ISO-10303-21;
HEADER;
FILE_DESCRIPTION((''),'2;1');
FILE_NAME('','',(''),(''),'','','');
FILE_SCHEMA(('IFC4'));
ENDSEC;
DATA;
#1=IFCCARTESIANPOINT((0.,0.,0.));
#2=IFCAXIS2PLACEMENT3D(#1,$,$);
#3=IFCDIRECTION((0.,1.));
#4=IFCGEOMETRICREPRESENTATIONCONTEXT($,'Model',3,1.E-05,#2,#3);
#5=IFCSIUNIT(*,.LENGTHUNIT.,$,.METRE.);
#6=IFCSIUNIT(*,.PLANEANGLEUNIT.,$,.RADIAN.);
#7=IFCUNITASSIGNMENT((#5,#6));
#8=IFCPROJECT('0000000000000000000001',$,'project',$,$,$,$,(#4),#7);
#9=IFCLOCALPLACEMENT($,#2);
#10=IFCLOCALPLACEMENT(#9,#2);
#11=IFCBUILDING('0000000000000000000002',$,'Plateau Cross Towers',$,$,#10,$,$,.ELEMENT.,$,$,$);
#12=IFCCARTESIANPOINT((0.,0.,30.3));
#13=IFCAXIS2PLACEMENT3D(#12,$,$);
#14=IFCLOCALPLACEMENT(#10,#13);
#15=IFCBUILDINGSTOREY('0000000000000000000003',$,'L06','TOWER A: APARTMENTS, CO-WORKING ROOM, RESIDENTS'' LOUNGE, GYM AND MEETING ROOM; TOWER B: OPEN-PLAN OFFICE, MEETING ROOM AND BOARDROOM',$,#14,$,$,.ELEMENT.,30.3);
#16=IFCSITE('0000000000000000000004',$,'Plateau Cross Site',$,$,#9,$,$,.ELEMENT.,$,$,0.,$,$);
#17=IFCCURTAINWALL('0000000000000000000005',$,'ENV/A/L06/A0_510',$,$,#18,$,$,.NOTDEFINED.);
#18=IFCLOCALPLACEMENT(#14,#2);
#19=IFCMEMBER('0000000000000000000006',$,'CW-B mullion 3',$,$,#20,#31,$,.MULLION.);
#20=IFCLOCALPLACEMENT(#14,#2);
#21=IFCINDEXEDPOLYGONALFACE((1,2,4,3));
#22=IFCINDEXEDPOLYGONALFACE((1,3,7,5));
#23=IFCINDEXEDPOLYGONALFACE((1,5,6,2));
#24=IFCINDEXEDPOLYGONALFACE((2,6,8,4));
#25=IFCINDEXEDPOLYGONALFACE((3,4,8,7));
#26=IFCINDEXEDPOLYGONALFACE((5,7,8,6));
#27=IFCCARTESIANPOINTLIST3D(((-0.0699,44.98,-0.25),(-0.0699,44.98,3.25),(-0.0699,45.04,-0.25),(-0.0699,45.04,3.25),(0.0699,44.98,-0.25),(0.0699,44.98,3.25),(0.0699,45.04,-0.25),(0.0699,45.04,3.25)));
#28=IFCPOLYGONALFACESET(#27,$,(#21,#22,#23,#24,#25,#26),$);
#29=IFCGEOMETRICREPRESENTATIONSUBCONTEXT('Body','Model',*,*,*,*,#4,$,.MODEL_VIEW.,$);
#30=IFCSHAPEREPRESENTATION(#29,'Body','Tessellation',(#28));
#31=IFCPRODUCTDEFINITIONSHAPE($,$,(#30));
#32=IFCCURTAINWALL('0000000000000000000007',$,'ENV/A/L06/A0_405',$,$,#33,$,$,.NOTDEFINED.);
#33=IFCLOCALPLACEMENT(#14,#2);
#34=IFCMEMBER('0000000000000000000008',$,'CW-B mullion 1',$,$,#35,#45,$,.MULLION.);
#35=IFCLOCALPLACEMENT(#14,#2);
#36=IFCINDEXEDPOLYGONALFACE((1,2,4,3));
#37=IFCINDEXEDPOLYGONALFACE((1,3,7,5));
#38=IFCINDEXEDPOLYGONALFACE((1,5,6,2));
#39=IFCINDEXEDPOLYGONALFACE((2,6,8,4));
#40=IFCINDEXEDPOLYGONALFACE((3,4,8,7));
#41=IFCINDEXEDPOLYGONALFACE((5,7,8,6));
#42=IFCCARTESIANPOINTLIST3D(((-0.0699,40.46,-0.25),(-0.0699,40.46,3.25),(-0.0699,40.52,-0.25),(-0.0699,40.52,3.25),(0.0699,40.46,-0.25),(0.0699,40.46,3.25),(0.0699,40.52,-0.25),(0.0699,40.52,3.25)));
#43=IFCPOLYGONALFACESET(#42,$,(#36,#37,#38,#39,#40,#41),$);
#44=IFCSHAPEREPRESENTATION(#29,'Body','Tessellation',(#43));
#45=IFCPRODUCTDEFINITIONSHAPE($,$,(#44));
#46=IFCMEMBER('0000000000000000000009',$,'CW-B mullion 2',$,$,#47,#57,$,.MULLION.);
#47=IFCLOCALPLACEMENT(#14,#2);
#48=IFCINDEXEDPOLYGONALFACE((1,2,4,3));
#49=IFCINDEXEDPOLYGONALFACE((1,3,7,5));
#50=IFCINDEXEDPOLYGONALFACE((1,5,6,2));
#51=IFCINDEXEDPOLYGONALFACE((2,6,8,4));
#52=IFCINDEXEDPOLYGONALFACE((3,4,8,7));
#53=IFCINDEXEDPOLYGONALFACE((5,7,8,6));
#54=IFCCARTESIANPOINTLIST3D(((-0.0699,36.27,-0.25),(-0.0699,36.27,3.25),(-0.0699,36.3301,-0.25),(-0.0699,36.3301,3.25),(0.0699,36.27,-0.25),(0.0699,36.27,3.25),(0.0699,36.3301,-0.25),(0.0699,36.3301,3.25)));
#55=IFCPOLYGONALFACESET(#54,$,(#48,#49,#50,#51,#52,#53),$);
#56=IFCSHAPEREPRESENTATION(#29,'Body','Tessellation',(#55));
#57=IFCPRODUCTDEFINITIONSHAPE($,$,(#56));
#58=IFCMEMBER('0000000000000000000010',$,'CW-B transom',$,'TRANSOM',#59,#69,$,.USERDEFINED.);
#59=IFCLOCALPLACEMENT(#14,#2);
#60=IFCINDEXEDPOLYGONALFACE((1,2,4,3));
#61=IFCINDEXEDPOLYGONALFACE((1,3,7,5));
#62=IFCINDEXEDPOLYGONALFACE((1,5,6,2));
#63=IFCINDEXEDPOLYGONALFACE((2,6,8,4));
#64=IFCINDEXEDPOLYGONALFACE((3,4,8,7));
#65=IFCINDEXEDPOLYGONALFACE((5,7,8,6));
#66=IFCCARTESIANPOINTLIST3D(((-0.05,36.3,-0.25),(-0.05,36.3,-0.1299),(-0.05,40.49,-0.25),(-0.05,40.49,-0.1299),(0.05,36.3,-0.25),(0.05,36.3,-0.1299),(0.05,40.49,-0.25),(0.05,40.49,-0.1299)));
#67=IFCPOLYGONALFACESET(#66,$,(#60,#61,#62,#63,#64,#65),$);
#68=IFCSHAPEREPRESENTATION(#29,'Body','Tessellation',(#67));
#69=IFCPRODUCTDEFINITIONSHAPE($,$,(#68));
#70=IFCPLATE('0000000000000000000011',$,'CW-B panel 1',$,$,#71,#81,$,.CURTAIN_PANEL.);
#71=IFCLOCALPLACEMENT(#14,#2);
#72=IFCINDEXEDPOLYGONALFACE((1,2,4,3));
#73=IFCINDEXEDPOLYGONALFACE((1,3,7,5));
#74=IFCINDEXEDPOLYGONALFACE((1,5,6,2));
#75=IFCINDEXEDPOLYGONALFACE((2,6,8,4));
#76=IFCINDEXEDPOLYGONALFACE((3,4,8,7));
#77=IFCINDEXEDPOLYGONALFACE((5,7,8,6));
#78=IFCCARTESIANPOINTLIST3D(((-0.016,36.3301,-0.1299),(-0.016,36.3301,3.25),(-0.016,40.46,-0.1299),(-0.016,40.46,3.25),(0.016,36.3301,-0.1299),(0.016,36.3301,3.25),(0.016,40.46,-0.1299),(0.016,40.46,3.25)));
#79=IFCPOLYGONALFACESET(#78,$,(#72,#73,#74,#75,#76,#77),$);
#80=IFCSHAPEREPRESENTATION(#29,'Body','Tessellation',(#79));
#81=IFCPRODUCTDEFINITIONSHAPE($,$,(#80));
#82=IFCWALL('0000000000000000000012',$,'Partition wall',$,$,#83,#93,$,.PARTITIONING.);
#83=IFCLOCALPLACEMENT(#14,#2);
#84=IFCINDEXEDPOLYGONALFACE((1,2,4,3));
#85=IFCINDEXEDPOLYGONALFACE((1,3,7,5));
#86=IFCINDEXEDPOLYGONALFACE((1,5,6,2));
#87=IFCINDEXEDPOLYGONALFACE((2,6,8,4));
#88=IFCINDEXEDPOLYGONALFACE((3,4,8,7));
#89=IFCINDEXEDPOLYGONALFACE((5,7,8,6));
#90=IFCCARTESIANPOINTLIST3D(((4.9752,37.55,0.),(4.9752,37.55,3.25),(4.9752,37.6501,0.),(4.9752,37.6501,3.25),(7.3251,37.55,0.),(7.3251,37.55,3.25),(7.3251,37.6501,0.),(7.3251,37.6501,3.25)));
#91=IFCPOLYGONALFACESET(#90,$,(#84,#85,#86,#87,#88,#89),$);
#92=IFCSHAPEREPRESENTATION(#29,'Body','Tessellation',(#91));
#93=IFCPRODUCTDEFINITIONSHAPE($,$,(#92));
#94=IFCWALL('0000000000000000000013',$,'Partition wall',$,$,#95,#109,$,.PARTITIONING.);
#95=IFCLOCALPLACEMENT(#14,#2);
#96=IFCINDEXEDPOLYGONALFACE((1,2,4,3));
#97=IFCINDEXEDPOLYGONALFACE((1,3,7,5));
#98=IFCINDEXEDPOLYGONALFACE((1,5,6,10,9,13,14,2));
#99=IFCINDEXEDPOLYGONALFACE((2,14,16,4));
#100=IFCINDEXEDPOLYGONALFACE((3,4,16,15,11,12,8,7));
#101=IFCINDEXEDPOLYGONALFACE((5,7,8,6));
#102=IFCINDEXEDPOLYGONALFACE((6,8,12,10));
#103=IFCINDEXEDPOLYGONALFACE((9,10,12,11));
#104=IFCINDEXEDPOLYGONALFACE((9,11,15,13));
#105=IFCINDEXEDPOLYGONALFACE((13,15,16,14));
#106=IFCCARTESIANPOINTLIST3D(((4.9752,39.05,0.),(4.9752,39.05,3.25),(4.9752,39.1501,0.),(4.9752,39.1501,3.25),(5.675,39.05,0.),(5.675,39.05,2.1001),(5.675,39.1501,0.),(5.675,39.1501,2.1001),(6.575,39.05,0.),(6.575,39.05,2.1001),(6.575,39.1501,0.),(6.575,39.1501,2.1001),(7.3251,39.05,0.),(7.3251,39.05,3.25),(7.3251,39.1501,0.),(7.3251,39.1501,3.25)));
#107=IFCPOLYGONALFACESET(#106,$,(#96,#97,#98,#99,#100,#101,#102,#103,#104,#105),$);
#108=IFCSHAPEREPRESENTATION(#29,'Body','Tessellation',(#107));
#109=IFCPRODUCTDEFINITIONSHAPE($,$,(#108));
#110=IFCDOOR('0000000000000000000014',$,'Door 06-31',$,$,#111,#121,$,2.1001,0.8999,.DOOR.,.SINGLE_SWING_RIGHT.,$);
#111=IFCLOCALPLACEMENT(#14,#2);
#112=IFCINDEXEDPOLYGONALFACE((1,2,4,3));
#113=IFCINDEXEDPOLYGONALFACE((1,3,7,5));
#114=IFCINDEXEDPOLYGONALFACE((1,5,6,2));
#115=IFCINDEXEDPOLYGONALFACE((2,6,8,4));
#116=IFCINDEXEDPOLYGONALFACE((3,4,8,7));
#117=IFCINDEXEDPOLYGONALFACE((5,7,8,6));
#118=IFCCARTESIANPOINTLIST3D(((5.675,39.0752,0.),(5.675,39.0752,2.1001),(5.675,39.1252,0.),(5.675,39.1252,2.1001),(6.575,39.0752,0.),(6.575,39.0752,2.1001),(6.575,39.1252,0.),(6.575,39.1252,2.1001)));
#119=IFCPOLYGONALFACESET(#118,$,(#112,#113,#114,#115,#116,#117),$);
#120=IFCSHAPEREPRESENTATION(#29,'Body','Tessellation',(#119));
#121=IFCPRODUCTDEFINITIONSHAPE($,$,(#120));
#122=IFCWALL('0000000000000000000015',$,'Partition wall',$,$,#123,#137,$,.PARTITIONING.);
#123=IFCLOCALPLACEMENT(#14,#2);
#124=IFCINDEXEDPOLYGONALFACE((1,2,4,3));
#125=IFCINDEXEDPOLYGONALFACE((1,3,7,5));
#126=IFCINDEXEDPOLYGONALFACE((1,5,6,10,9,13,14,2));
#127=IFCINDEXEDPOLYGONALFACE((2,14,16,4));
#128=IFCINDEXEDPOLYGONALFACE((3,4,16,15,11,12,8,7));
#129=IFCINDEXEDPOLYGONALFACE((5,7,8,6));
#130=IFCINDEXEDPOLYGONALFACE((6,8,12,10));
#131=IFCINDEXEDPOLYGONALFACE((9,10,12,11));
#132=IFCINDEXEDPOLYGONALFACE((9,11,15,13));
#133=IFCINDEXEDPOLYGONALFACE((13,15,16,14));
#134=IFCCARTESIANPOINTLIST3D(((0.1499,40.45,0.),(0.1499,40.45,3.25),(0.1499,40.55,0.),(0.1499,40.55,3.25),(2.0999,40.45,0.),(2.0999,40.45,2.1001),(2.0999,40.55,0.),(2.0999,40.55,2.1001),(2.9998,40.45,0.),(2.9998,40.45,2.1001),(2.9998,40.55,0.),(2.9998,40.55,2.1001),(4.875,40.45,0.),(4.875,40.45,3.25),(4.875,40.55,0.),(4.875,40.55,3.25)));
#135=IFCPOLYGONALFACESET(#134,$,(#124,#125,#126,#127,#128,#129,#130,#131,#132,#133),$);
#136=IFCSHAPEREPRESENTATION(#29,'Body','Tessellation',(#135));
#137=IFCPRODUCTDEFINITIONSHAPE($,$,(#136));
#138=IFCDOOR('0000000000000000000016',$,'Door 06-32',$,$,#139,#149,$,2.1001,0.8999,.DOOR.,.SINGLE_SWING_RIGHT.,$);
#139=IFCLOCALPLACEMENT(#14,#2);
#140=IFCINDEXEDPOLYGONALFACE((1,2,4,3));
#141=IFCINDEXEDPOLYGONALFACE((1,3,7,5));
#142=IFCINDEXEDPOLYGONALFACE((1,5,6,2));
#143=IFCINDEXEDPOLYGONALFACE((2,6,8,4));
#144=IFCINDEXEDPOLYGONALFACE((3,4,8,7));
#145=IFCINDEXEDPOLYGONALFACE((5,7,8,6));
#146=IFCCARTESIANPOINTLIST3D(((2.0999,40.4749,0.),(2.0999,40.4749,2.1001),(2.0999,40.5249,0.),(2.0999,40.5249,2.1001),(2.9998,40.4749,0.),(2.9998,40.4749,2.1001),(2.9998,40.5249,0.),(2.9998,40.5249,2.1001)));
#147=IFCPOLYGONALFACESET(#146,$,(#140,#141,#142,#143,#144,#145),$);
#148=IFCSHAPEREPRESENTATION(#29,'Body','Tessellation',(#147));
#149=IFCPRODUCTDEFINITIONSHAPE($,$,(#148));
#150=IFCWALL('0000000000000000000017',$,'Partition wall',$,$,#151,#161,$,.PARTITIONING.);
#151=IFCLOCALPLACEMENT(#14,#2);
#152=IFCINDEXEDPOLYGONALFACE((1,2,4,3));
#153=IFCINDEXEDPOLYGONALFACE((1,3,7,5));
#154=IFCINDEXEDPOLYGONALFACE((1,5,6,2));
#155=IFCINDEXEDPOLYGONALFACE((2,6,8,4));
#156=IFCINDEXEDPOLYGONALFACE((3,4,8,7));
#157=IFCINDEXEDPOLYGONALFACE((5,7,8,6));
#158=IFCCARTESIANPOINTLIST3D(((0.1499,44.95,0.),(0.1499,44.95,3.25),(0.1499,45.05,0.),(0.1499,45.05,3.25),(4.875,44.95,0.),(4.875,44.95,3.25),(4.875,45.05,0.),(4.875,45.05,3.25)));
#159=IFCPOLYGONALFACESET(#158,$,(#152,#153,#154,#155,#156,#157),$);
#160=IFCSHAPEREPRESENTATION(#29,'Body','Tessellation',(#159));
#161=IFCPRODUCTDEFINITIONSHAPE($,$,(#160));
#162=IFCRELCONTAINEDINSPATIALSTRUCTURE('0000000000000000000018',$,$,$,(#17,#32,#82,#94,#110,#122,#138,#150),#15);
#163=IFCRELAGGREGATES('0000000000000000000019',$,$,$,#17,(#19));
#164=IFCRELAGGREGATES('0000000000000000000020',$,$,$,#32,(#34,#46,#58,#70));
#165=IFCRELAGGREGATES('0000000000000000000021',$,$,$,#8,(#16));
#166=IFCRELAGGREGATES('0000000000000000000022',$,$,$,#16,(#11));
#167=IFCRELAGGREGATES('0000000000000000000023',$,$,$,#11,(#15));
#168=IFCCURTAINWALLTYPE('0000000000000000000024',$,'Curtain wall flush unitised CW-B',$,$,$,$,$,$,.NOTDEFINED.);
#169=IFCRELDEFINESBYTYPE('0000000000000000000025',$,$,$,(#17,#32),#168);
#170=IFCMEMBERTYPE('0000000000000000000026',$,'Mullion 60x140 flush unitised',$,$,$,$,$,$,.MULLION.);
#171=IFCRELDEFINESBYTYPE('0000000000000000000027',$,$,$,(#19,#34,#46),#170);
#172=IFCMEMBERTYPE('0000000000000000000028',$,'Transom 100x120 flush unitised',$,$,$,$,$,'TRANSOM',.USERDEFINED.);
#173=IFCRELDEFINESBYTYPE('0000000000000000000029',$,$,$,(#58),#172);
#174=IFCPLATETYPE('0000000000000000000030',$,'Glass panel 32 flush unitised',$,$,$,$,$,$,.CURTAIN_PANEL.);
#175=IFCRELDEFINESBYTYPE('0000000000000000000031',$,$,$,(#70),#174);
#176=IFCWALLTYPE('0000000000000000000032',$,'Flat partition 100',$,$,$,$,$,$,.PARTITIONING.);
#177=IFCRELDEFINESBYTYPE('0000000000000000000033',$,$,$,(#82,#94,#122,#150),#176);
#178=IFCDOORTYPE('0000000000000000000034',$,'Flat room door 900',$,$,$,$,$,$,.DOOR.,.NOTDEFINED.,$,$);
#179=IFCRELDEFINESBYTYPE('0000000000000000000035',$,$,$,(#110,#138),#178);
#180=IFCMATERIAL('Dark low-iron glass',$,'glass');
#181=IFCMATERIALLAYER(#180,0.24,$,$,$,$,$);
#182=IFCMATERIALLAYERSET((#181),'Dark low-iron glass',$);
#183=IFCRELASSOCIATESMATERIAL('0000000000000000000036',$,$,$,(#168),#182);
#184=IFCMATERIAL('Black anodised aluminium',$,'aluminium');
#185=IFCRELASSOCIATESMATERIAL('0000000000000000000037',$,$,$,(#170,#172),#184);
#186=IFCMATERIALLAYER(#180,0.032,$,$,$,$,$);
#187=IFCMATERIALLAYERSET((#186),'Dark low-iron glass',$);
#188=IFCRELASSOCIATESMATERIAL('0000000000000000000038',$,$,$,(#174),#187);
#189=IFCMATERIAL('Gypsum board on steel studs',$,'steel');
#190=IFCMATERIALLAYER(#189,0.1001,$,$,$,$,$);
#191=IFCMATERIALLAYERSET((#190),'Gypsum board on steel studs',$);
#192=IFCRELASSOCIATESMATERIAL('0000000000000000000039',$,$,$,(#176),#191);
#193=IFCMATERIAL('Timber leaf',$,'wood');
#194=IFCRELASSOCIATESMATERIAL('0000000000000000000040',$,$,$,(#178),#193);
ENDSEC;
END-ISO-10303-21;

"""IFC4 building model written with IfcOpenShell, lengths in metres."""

from ifc_helpers import new_model, si_unit, direction, frame, frame_2d, origin, origin_2d, place, context, subcontext, project, spatial, rectangle, extrude, material, layer, layer_set, material_profile, profile_set, type_object, element, fill, aggregate, save


model = new_model("IFC4")

# Units and contexts
model_context = context("Model", 3, precision=1e-05, world=origin(), true_north=direction((0.0, 1.0)))
body_context = subcontext(model_context, "Body", "Model", "MODEL_VIEW")
ifc_project = project(units=[si_unit("LENGTHUNIT", "METRE"), si_unit("PLANEANGLEUNIT", "RADIAN")], contexts=[model_context])

# Site, building, storey
site_placement = place(None, origin())
site = spatial("IfcSite", under=ifc_project, at=site_placement, Name="Plateau Cross Site", CompositionType="ELEMENT", RefElevation=0.0)
building_placement = place(site_placement, origin())
building = spatial("IfcBuilding", under=site, at=building_placement, Name="Plateau Cross Towers", CompositionType="ELEMENT")
storey_placement = place(building_placement, frame((0.0, 0.0, 30.3)))
storey = spatial("IfcBuildingStorey", under=building, at=storey_placement, Name="L06", Description="TOWER A: APARTMENTS, CO-WORKING ROOM, RESIDENTS' LOUNGE, GYM AND MEETING ROOM; TOWER B: OPEN-PLAN OFFICE, MEETING ROOM AND BOARDROOM", CompositionType="ELEMENT", Elevation=30.3)

# Curtain wall, member
ifc_material_1 = material(Name="Dark low-iron glass", Category="glass")
ifc_layer_1 = layer(ifc_material_1, 0.24)
ifc_layer_set_1 = layer_set([ifc_layer_1], Name="Dark low-iron glass")
curtain_wall_type = type_object("IfcCurtainWallType", Name="Curtain wall flush unitised CW-B", PredefinedType="NOTDEFINED", material=ifc_layer_set_1)
curtain_wall_1_placement = place(storey_placement, origin())
curtain_wall_1 = element("IfcCurtainWall", 1, at=curtain_wall_1_placement, inside=storey, type_object=curtain_wall_type, Name="ENV/A/L06/A0_510", PredefinedType="NOTDEFINED")
ifc_material_2 = material(Name="Black anodised aluminium", Category="aluminium")
ifc_material_profile_1 = material_profile(ifc_material_2, rectangle(XDim=0.0601, YDim=0.1399, at=origin_2d()), Name="MULLION 60x140")
ifc_profile_set_1 = profile_set([ifc_material_profile_1], Name="Black anodised aluminium")
member_type_1 = type_object("IfcMemberType", Name="Mullion 60x140 flush unitised", PredefinedType="MULLION", material=ifc_profile_set_1)
member_1_placement = place(storey_placement, frame((0.0, 45.01, -0.25), z_axis=(0.0, 0.0, 1.0), x_axis=(0.0, -1.0, 0.0)))
member_1 = element("IfcMember", 2, at=member_1_placement, type_object=member_type_1, Name="CW-B mullion 3", PredefinedType="MULLION", context=body_context, shape_type="SweptSolid", body=[
    extrude(rectangle(XDim=0.0601, YDim=0.1399, at=origin_2d()), origin(), (0.0, 0.0, 1.0), 3.5),
])
aggregate(curtain_wall_1, [member_1])

# Curtain wall, members, plate
curtain_wall_2_placement = place(storey_placement, origin())
curtain_wall_2 = element("IfcCurtainWall", 3, at=curtain_wall_2_placement, inside=storey, type_object=curtain_wall_type, Name="ENV/A/L06/A0_405", PredefinedType="NOTDEFINED")
member_2_placement = place(storey_placement, frame((0.0, 40.49, -0.25), z_axis=(0.0, 0.0, 1.0), x_axis=(0.0, -1.0, 0.0)))
member_2 = element("IfcMember", 4, at=member_2_placement, type_object=member_type_1, Name="CW-B mullion 1", PredefinedType="MULLION", context=body_context, shape_type="SweptSolid", body=[
    extrude(rectangle(XDim=0.0601, YDim=0.1399, at=origin_2d()), origin(), (0.0, 0.0, 1.0), 3.5),
])
member_3_placement = place(storey_placement, frame((0.0, 36.3, -0.25), z_axis=(0.0, 0.0, 1.0), x_axis=(0.0, -1.0, 0.0)))
member_3 = element("IfcMember", 5, at=member_3_placement, type_object=member_type_1, Name="CW-B mullion 2", PredefinedType="MULLION", context=body_context, shape_type="SweptSolid", body=[
    extrude(rectangle(XDim=0.0601, YDim=0.1399, at=origin_2d()), origin(), (0.0, 0.0, 1.0), 3.5),
])
ifc_material_profile_2 = material_profile(ifc_material_2, rectangle(XDim=0.1001, YDim=0.1201, at=origin_2d()), Name="TRANSOM 100x120")
ifc_profile_set_2 = profile_set([ifc_material_profile_2], Name="Black anodised aluminium")
member_type_2 = type_object("IfcMemberType", Name="Transom 100x120 flush unitised", ElementType="TRANSOM", PredefinedType="USERDEFINED", material=ifc_profile_set_2)
member_4_placement = place(storey_placement, frame((0.0, 40.49, -0.1899), z_axis=(0.0, -1.0, 0.0), x_axis=(1.0, 0.0, 0.0)))
member_4 = element("IfcMember", 6, at=member_4_placement, type_object=member_type_2, Name="CW-B transom", ObjectType="TRANSOM", PredefinedType="USERDEFINED", context=body_context, shape_type="SweptSolid", body=[
    extrude(rectangle(XDim=0.1001, YDim=0.1201, at=origin_2d()), origin(), (0.0, 0.0, 1.0), 4.1899),
])
ifc_layer_2 = layer(ifc_material_1, 0.032)
ifc_layer_set_2 = layer_set([ifc_layer_2], Name="Dark low-iron glass")
plate_type = type_object("IfcPlateType", Name="Glass panel 32 flush unitised", PredefinedType="CURTAIN_PANEL", material=ifc_layer_set_2)
plate_placement = place(storey_placement, frame((0.0, 38.395, -0.1299), z_axis=(0.0, 0.0, 1.0), x_axis=(0.0, -1.0, 0.0)))
plate = element("IfcPlate", 7, at=plate_placement, type_object=plate_type, Name="CW-B panel 1", PredefinedType="CURTAIN_PANEL", context=body_context, shape_type="SweptSolid", body=[
    extrude(rectangle(XDim=4.1299, YDim=0.032, at=origin_2d()), origin(), (0.0, 0.0, 1.0), 3.3799),
])
aggregate(curtain_wall_2, [member_2, member_3, member_4, plate])

# Wall
ifc_material_3 = material(Name="Gypsum board on steel studs", Category="steel")
ifc_layer_3 = layer(ifc_material_3, 0.1001)
ifc_layer_set_3 = layer_set([ifc_layer_3], Name="Gypsum board on steel studs")
wall_type_1 = type_object("IfcWallType", Name="Flat partition 100", PredefinedType="PARTITIONING", material=ifc_layer_set_3)
wall_1_placement = place(storey_placement, frame((7.325, 37.6001, 0.0), z_axis=(0.0, 0.0, 1.0), x_axis=(-1.0, 0.0, 0.0)))
element("IfcWall", 8, at=wall_1_placement, inside=storey, type_object=wall_type_1, Name="Partition wall", PredefinedType="PARTITIONING", context=body_context, shape_type="SweptSolid", body=[
    extrude(rectangle(XDim=2.3499, YDim=0.1001, at=frame_2d((1.1748, 0.0))), origin(), (0.0, 0.0, 1.0), 3.25),
])

# Walls, openings, doors
wall_2_placement = place(storey_placement, frame((7.325, 39.1001, 0.0), z_axis=(0.0, 0.0, 1.0), x_axis=(-1.0, 0.0, 0.0)))
wall_2 = element("IfcWall", 9, at=wall_2_placement, inside=storey, type_object=wall_type_1, Name="Partition wall", PredefinedType="PARTITIONING", context=body_context, shape_type="SweptSolid", body=[
    extrude(rectangle(XDim=2.3499, YDim=0.1001, at=frame_2d((1.1748, 0.0))), origin(), (0.0, 0.0, 1.0), 3.25),
])
opening_1_placement = place(wall_2_placement, frame((0.75, 0.0, 0.0)))
opening_1 = element("IfcOpeningElement", 10, at=opening_1_placement, cuts=wall_2, PredefinedType="OPENING", context=body_context, shape_type="SweptSolid", body=[
    extrude(rectangle(XDim=0.8999, YDim=2.1001, at=frame_2d((0.45, 1.05))), frame((0.0, 0.0601, 0.0), z_axis=(0.0, -1.0, 0.0), x_axis=(1.0, 0.0, 0.0)), (0.0, 0.0, 1.0), 0.1201),
])
ifc_material_4 = material(Name="Timber leaf", Category="wood")
door_type_1 = type_object("IfcDoorType", Name="Flat room door 900", OperationType="NOTDEFINED", PredefinedType="DOOR", material=ifc_material_4)
door_1_placement = place(opening_1_placement, origin())
door_1 = element("IfcDoor", 11, at=door_1_placement, inside=storey, type_object=door_type_1, Name="Door 06-31", OperationType="SINGLE_SWING_RIGHT", OverallHeight=2.1001, OverallWidth=0.8999, PredefinedType="DOOR", context=body_context, shape_type="SweptSolid", body=[
    extrude(rectangle(XDim=0.8999, YDim=2.1001, at=frame_2d((0.45, 1.05))), frame((0.0, 0.0249, 0.0), z_axis=(0.0, -1.0, 0.0), x_axis=(1.0, 0.0, 0.0)), (0.0, 0.0, 1.0), 0.05),
])
fill(opening_1, door_1)
wall_3_placement = place(storey_placement, frame((0.1499, 40.5, 0.0), z_axis=(0.0, 0.0, 1.0), x_axis=(1.0, 0.0, 0.0)))
wall_3 = element("IfcWall", 12, at=wall_3_placement, inside=storey, type_object=wall_type_1, Name="Partition wall", PredefinedType="PARTITIONING", context=body_context, shape_type="SweptSolid", body=[
    extrude(rectangle(XDim=4.7251, YDim=0.1001, at=frame_2d((2.3625, 0.0))), origin(), (0.0, 0.0, 1.0), 3.25),
])
opening_2_placement = place(wall_3_placement, frame((1.95, 0.0, 0.0)))
opening_2 = element("IfcOpeningElement", 13, at=opening_2_placement, cuts=wall_3, PredefinedType="OPENING", context=body_context, shape_type="SweptSolid", body=[
    extrude(rectangle(XDim=0.8999, YDim=2.1001, at=frame_2d((0.45, 1.05))), frame((0.0, 0.0601, 0.0), z_axis=(0.0, -1.0, 0.0), x_axis=(1.0, 0.0, 0.0)), (0.0, 0.0, 1.0), 0.1201),
])
door_2_placement = place(opening_2_placement, origin())
door_2 = element("IfcDoor", 14, at=door_2_placement, inside=storey, type_object=door_type_1, Name="Door 06-32", OperationType="SINGLE_SWING_RIGHT", OverallHeight=2.1001, OverallWidth=0.8999, PredefinedType="DOOR", context=body_context, shape_type="SweptSolid", body=[
    extrude(rectangle(XDim=0.8999, YDim=2.1001, at=frame_2d((0.45, 1.05))), frame((0.0, 0.0249, 0.0), z_axis=(0.0, -1.0, 0.0), x_axis=(1.0, 0.0, 0.0)), (0.0, 0.0, 1.0), 0.05),
])
fill(opening_2, door_2)

# Wall
wall_4_placement = place(storey_placement, frame((4.875, 45.0, 0.0), z_axis=(0.0, 0.0, 1.0), x_axis=(-1.0, 0.0, 0.0)))
element("IfcWall", 15, at=wall_4_placement, inside=storey, type_object=wall_type_1, Name="Partition wall", PredefinedType="PARTITIONING", context=body_context, shape_type="SweptSolid", body=[
    extrude(rectangle(XDim=4.7251, YDim=0.1001, at=frame_2d((2.3625, 0.0))), origin(), (0.0, 0.0, 1.0), 3.25),
])

save(model, "model.ifc")
